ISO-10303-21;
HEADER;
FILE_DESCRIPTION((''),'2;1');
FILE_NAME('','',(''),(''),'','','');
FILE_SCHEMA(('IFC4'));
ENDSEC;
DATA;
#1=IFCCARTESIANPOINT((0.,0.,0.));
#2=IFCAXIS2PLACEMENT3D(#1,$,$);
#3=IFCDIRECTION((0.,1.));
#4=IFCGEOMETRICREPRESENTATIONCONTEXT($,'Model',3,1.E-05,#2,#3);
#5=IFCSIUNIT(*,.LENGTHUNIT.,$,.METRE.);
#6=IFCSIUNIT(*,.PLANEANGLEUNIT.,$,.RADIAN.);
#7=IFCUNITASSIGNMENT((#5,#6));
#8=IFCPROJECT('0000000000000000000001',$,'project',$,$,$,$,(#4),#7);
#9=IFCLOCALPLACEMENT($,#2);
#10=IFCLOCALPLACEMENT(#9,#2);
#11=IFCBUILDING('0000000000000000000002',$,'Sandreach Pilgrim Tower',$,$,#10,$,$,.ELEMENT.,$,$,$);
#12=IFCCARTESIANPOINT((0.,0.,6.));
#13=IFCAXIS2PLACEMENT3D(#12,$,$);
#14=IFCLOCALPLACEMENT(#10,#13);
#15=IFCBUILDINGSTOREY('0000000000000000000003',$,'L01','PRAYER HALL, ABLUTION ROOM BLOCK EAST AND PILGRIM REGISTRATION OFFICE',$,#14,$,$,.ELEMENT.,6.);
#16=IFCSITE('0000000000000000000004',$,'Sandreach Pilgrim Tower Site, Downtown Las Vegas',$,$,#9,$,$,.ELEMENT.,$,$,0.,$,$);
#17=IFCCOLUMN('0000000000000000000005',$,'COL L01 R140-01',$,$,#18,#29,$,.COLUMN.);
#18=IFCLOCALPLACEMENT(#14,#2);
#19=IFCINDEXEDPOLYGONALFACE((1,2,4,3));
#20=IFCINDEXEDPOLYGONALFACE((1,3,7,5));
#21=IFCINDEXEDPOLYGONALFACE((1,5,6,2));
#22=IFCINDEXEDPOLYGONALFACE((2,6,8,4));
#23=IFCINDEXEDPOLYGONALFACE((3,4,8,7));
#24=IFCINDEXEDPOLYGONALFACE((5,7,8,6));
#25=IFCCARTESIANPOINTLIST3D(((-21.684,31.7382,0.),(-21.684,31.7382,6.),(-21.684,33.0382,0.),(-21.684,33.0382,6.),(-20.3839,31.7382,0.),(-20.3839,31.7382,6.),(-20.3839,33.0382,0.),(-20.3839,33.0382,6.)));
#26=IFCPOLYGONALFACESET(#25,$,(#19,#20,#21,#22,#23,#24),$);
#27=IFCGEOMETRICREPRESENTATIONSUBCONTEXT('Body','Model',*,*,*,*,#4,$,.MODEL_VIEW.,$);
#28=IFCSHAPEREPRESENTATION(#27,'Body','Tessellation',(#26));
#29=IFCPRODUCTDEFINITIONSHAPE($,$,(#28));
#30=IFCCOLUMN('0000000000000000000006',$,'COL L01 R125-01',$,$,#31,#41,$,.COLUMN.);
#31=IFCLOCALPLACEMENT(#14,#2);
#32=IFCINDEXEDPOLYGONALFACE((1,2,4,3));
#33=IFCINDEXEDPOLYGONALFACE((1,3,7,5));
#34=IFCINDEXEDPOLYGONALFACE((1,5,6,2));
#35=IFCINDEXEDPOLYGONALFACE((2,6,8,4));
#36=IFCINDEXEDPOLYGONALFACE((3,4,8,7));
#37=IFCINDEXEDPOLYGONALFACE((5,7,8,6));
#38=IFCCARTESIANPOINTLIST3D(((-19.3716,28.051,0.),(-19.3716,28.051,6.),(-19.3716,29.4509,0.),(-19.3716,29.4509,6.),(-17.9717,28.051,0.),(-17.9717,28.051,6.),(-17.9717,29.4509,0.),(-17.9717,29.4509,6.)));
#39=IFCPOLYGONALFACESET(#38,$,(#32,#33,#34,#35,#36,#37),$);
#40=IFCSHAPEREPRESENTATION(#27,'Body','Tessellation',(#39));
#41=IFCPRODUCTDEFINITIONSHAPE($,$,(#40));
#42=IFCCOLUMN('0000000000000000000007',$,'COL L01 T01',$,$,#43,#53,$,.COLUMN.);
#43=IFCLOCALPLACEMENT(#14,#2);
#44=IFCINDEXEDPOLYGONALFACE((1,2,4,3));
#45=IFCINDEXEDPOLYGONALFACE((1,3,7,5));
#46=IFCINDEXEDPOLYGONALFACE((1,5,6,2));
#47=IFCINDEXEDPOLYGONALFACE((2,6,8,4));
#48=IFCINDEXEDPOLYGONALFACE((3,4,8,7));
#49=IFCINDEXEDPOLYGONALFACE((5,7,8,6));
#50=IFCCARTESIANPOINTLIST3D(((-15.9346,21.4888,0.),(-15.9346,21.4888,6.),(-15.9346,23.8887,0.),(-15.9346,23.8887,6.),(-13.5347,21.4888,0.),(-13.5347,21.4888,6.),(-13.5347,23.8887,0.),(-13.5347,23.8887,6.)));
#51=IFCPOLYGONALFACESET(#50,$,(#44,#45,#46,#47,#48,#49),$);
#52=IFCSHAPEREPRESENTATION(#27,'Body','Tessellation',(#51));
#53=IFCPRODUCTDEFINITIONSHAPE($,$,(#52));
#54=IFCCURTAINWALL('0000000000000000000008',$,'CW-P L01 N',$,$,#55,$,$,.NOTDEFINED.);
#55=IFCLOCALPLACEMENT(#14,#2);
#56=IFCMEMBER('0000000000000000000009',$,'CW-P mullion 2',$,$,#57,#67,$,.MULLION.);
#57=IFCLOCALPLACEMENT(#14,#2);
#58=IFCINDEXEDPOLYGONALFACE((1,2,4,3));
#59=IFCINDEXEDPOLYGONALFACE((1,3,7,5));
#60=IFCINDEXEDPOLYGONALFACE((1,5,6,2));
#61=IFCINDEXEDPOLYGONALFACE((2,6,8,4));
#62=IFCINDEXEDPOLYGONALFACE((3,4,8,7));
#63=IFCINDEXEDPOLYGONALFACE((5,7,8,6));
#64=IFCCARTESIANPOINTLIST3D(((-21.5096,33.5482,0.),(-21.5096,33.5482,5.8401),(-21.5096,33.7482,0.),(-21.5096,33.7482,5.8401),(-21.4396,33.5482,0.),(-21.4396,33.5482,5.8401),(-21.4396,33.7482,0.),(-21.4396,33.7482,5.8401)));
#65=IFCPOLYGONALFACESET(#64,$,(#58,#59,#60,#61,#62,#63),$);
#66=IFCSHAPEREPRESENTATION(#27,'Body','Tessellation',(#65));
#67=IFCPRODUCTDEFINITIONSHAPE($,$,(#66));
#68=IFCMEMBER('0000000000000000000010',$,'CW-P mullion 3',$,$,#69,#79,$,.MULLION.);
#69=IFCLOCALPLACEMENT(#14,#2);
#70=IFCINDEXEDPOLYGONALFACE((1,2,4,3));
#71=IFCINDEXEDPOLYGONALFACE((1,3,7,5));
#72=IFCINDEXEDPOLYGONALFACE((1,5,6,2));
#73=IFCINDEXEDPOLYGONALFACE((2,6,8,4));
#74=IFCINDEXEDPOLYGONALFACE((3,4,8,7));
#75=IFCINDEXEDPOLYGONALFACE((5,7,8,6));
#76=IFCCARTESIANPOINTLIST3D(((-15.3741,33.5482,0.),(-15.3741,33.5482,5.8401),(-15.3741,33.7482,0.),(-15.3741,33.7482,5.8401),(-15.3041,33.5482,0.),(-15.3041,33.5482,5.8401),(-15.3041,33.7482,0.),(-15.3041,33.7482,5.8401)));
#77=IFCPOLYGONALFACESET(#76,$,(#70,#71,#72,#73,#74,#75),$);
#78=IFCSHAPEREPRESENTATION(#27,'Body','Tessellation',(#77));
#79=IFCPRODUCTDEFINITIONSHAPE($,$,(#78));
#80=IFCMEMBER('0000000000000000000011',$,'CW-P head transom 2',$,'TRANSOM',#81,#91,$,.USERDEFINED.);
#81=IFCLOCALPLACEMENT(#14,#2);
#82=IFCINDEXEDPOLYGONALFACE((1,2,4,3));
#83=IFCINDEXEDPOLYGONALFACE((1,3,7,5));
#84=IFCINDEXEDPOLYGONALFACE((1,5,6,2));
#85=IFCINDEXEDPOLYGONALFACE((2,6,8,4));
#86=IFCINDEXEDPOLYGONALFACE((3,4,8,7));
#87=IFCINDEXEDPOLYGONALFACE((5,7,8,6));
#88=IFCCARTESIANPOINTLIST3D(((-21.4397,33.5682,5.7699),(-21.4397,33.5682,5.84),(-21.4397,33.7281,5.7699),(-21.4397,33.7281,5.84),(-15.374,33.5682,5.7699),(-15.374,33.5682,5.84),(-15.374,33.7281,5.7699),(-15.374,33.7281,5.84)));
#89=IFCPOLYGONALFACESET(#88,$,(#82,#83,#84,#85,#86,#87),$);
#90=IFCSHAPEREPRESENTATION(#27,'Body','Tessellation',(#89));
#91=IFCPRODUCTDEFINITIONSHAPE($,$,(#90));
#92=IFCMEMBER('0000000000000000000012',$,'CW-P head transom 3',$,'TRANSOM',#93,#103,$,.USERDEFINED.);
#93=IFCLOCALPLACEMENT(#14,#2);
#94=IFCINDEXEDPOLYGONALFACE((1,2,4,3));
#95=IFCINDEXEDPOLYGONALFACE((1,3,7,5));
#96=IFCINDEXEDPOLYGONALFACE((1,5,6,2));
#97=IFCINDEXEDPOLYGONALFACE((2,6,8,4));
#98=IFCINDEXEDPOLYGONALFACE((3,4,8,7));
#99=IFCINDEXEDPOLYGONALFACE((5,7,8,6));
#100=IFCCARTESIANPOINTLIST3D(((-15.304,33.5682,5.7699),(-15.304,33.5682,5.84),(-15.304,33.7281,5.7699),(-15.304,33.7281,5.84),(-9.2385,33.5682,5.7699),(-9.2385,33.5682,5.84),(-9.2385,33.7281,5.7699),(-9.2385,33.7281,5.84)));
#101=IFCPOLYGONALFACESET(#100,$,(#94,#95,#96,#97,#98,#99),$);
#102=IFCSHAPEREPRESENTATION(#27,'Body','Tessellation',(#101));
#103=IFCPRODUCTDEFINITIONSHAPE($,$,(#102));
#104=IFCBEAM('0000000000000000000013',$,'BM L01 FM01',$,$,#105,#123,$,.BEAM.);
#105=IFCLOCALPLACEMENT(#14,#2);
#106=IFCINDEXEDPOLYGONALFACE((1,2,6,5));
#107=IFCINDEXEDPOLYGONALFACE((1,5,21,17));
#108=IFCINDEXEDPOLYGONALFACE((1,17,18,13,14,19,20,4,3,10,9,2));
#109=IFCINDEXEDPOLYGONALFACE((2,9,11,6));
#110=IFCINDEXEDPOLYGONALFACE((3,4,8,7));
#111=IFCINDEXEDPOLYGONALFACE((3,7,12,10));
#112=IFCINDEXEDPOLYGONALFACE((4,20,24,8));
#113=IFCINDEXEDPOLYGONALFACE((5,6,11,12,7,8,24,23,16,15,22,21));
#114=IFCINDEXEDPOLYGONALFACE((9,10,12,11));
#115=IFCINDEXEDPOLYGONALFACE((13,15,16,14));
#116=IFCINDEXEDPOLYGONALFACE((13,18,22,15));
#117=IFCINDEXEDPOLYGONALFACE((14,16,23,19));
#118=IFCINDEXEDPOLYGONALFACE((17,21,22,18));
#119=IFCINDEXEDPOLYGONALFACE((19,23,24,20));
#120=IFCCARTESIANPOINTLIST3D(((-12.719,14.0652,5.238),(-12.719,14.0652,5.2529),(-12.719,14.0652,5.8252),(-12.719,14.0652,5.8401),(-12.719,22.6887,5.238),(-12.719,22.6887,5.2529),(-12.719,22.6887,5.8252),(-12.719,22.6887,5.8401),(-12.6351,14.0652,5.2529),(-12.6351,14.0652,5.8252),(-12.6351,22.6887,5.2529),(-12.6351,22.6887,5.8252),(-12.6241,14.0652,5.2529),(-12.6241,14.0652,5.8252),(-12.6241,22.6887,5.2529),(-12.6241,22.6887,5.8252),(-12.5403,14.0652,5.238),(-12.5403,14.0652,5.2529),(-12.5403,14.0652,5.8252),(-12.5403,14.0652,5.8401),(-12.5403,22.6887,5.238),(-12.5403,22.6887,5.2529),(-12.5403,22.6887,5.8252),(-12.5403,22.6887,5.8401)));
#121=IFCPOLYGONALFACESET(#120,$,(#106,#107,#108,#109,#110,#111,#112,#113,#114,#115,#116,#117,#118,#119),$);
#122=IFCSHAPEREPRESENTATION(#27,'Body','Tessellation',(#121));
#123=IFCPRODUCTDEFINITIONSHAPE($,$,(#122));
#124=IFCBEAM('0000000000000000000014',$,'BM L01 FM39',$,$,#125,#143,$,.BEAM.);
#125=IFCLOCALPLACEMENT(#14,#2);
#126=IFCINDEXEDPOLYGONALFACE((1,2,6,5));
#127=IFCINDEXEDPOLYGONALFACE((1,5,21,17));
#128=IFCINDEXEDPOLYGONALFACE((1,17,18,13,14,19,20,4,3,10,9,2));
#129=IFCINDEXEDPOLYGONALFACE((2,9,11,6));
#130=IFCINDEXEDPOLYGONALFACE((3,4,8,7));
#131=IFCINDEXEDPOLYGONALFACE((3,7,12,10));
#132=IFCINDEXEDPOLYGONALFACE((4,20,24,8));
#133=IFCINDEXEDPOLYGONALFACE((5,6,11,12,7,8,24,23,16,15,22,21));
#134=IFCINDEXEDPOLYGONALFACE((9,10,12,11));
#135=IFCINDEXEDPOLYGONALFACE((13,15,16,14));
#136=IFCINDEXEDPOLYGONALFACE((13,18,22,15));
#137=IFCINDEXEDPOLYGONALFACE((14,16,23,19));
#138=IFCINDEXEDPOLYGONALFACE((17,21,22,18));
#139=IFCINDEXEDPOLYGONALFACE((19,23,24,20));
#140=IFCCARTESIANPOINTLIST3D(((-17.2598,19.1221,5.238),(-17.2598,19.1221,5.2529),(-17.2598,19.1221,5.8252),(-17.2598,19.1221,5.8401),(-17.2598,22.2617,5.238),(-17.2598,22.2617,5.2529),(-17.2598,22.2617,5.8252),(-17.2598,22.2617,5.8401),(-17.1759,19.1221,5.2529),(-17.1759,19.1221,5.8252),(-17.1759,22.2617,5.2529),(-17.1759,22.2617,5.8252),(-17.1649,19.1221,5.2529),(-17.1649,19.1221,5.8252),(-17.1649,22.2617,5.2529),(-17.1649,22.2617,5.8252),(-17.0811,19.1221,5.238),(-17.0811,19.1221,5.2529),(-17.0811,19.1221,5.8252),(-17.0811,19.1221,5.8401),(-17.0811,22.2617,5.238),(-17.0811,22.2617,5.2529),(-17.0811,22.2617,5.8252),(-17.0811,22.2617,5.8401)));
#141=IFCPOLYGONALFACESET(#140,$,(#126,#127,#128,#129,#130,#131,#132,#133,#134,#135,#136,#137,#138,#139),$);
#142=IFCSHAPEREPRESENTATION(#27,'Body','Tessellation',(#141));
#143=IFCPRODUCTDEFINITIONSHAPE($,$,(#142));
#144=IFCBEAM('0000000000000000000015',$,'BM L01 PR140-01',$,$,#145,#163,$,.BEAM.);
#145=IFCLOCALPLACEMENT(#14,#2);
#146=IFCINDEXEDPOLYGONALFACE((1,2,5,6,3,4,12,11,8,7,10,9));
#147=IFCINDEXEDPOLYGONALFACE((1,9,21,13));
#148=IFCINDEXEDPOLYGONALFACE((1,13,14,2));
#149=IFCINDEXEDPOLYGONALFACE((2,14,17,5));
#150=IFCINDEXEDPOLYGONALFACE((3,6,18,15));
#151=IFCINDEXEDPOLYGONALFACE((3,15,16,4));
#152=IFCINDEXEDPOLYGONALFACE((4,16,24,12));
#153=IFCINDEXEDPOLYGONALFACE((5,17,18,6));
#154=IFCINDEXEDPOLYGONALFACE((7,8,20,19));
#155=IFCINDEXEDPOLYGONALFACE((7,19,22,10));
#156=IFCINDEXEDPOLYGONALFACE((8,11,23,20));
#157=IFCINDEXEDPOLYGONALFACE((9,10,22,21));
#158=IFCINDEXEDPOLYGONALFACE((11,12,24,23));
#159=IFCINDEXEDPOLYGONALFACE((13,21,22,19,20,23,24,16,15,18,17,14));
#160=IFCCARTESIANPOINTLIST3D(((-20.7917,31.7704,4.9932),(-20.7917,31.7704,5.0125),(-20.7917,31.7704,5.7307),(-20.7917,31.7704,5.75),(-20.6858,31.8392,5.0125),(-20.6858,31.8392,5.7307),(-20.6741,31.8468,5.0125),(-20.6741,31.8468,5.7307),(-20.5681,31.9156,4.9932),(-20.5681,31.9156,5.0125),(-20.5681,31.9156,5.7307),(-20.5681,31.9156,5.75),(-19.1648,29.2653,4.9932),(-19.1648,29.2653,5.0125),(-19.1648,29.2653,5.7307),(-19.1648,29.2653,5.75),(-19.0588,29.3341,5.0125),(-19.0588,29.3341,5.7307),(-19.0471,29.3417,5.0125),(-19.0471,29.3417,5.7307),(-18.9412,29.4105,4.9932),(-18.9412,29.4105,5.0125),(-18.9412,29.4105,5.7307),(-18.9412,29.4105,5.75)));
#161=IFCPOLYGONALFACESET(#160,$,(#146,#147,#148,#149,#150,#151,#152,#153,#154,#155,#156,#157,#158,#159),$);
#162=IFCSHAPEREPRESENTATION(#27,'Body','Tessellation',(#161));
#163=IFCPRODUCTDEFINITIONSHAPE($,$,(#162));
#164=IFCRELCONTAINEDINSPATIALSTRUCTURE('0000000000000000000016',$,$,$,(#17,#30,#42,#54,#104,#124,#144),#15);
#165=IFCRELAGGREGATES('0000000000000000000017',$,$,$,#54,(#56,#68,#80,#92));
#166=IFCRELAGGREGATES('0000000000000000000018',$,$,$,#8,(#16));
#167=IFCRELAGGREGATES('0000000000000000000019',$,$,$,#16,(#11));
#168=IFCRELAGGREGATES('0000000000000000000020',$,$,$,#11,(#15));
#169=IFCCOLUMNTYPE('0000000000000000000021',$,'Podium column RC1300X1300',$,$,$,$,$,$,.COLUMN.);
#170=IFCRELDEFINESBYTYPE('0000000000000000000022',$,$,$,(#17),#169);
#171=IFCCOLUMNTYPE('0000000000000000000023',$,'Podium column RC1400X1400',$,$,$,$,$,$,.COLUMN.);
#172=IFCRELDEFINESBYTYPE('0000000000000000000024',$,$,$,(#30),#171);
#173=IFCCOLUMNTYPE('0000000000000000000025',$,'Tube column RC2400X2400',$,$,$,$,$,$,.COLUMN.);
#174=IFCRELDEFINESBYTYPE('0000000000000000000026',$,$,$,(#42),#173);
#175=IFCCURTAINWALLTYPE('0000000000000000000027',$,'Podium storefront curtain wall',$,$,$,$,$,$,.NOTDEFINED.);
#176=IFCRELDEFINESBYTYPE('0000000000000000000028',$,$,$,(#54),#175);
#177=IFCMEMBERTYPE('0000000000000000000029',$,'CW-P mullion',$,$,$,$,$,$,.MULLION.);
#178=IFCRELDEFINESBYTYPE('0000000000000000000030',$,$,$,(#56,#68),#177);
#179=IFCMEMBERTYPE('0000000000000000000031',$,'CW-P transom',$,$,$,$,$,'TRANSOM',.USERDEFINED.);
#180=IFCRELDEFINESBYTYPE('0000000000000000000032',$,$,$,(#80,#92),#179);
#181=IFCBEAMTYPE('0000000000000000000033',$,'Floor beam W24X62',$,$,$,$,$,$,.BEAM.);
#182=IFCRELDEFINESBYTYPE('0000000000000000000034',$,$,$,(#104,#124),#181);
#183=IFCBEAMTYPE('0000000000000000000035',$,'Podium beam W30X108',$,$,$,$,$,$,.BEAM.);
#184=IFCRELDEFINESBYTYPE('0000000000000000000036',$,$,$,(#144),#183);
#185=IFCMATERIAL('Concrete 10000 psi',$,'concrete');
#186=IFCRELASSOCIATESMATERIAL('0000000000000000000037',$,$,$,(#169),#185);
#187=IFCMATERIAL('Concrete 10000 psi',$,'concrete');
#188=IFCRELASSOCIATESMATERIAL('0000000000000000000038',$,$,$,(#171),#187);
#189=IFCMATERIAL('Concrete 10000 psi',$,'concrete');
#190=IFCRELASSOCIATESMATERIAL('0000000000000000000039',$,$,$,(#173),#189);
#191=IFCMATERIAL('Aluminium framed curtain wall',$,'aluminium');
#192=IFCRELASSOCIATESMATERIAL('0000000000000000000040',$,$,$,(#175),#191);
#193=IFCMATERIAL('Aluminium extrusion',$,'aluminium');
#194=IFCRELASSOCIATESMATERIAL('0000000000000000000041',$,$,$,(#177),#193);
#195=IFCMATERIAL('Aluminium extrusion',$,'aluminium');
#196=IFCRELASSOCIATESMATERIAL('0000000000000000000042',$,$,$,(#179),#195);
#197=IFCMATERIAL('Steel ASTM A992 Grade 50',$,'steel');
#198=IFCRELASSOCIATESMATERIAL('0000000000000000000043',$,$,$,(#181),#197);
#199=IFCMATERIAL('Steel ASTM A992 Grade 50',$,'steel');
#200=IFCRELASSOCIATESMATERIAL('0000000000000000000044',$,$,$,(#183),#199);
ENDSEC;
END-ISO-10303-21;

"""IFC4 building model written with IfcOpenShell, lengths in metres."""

from ifc_helpers import new_model, si_unit, direction, frame, origin, origin_2d, place, context, subcontext, project, spatial, rectangle, i_section, extrude, material, material_profile, profile_set, type_object, element, aggregate, save


model = new_model("IFC4")

# Units and contexts
model_context = context("Model", 3, precision=1e-05, world=origin(), true_north=direction((0.0, 1.0)))
body_context = subcontext(model_context, "Body", "Model", "MODEL_VIEW")
ifc_project = project(units=[si_unit("LENGTHUNIT", "METRE"), si_unit("PLANEANGLEUNIT", "RADIAN")], contexts=[model_context])

# Site, building, storey
site_placement = place(None, origin())
site = spatial("IfcSite", under=ifc_project, at=site_placement, Name="Sandreach Pilgrim Tower Site, Downtown Las Vegas", CompositionType="ELEMENT", RefElevation=0.0)
building_placement = place(site_placement, origin())
building = spatial("IfcBuilding", under=site, at=building_placement, Name="Sandreach Pilgrim Tower", CompositionType="ELEMENT")
storey_placement = place(building_placement, frame((0.0, 0.0, 6.0)))
storey = spatial("IfcBuildingStorey", under=building, at=storey_placement, Name="L01", Description="PRAYER HALL, ABLUTION ROOM BLOCK EAST AND PILGRIM REGISTRATION OFFICE", CompositionType="ELEMENT", Elevation=6.0)

# Columns
ifc_material_1 = material(Name="Concrete 10000 psi", Category="concrete")
ifc_material_profile_1 = material_profile(ifc_material_1, rectangle(XDim=1.3, YDim=1.3, at=origin_2d()), Name="RC1300X1300")
ifc_profile_set_1 = profile_set([ifc_material_profile_1], Name="Concrete 10000 psi")
column_type_1 = type_object("IfcColumnType", Name="Podium column RC1300X1300", PredefinedType="COLUMN", material=ifc_profile_set_1)
column_1_placement = place(storey_placement, frame((-21.0339, 32.3882, 0.0), z_axis=(0.0, 0.0, 1.0), x_axis=(0.0, 1.0, 0.0)))
element("IfcColumn", 1, at=column_1_placement, inside=storey, type_object=column_type_1, Name="COL L01 R140-01", PredefinedType="COLUMN", context=body_context, shape_type="SweptSolid", body=[
    extrude(rectangle(XDim=1.3, YDim=1.3, at=origin_2d()), origin(), (0.0, 0.0, 1.0), 6.0),
])
ifc_material_2 = material(Name="Concrete 10000 psi", Category="concrete")
ifc_material_profile_2 = material_profile(ifc_material_2, rectangle(XDim=1.3999, YDim=1.3999, at=origin_2d()), Name="RC1400X1400")
ifc_profile_set_2 = profile_set([ifc_material_profile_2], Name="Concrete 10000 psi")
column_type_2 = type_object("IfcColumnType", Name="Podium column RC1400X1400", PredefinedType="COLUMN", material=ifc_profile_set_2)
column_2_placement = place(storey_placement, frame((-18.6716, 28.751, 0.0), z_axis=(0.0, 0.0, 1.0), x_axis=(0.0, 1.0, 0.0)))
element("IfcColumn", 2, at=column_2_placement, inside=storey, type_object=column_type_2, Name="COL L01 R125-01", PredefinedType="COLUMN", context=body_context, shape_type="SweptSolid", body=[
    extrude(rectangle(XDim=1.3999, YDim=1.3999, at=origin_2d()), origin(), (0.0, 0.0, 1.0), 6.0),
])
ifc_material_3 = material(Name="Concrete 10000 psi", Category="concrete")
ifc_material_profile_3 = material_profile(ifc_material_3, rectangle(XDim=2.3999, YDim=2.3999, at=origin_2d()), Name="RC2400X2400")
ifc_profile_set_3 = profile_set([ifc_material_profile_3], Name="Concrete 10000 psi")
column_type_3 = type_object("IfcColumnType", Name="Tube column RC2400X2400", PredefinedType="COLUMN", material=ifc_profile_set_3)
column_3_placement = place(storey_placement, frame((-14.7346, 22.6887, 0.0), z_axis=(0.0, 0.0, 1.0), x_axis=(0.0, 1.0, 0.0)))
element("IfcColumn", 3, at=column_3_placement, inside=storey, type_object=column_type_3, Name="COL L01 T01", PredefinedType="COLUMN", context=body_context, shape_type="SweptSolid", body=[
    extrude(rectangle(XDim=2.3999, YDim=2.3999, at=origin_2d()), origin(), (0.0, 0.0, 1.0), 6.0),
])

# Curtain wall, members
ifc_material_4 = material(Name="Aluminium framed curtain wall", Category="aluminium")
curtain_wall_type = type_object("IfcCurtainWallType", Name="Podium storefront curtain wall", PredefinedType="NOTDEFINED", material=ifc_material_4)
curtain_wall_placement = place(storey_placement, origin())
curtain_wall = element("IfcCurtainWall", 4, at=curtain_wall_placement, inside=storey, type_object=curtain_wall_type, Name="CW-P L01 N", PredefinedType="NOTDEFINED")
ifc_material_5 = material(Name="Aluminium extrusion", Category="aluminium")
ifc_material_profile_4 = material_profile(ifc_material_5, rectangle(XDim=0.0701, YDim=0.2, at=origin_2d()), Name="CW-PM 70X200")
ifc_profile_set_4 = profile_set([ifc_material_profile_4], Name="Aluminium extrusion")
member_type_1 = type_object("IfcMemberType", Name="CW-P mullion", PredefinedType="MULLION", material=ifc_profile_set_4)
member_1_placement = place(storey_placement, frame((-21.4746, 33.6482, 0.0), z_axis=(0.0, 0.0, 1.0), x_axis=(1.0, 0.0, 0.0)))
member_1 = element("IfcMember", 5, at=member_1_placement, type_object=member_type_1, Name="CW-P mullion 2", PredefinedType="MULLION", context=body_context, shape_type="SweptSolid", body=[
    extrude(rectangle(XDim=0.0701, YDim=0.2, at=origin_2d()), origin(), (0.0, 0.0, 1.0), 5.8401),
])
member_2_placement = place(storey_placement, frame((-15.3391, 33.6482, 0.0), z_axis=(0.0, 0.0, 1.0), x_axis=(1.0, 0.0, 0.0)))
member_2 = element("IfcMember", 6, at=member_2_placement, type_object=member_type_1, Name="CW-P mullion 3", PredefinedType="MULLION", context=body_context, shape_type="SweptSolid", body=[
    extrude(rectangle(XDim=0.0701, YDim=0.2, at=origin_2d()), origin(), (0.0, 0.0, 1.0), 5.8401),
])
ifc_material_6 = material(Name="Aluminium extrusion", Category="aluminium")
ifc_material_profile_5 = material_profile(ifc_material_6, rectangle(XDim=0.1599, YDim=0.0701, at=origin_2d()), Name="CW-PT 160X70")
ifc_profile_set_5 = profile_set([ifc_material_profile_5], Name="Aluminium extrusion")
member_type_2 = type_object("IfcMemberType", Name="CW-P transom", ElementType="TRANSOM", PredefinedType="USERDEFINED", material=ifc_profile_set_5)
member_3_placement = place(storey_placement, frame((-21.4397, 33.6482, 5.8049), z_axis=(1.0, 0.0, 0.0), x_axis=(0.0, 1.0, 0.0)))
member_3 = element("IfcMember", 7, at=member_3_placement, type_object=member_type_2, Name="CW-P head transom 2", ObjectType="TRANSOM", PredefinedType="USERDEFINED", context=body_context, shape_type="SweptSolid", body=[
    extrude(rectangle(XDim=0.1599, YDim=0.0701, at=origin_2d()), origin(), (0.0, 0.0, 1.0), 6.0657),
])
member_4_placement = place(storey_placement, frame((-15.304, 33.6482, 5.8049), z_axis=(1.0, 0.0, 0.0), x_axis=(0.0, 1.0, 0.0)))
member_4 = element("IfcMember", 8, at=member_4_placement, type_object=member_type_2, Name="CW-P head transom 3", ObjectType="TRANSOM", PredefinedType="USERDEFINED", context=body_context, shape_type="SweptSolid", body=[
    extrude(rectangle(XDim=0.1599, YDim=0.0701, at=origin_2d()), origin(), (0.0, 0.0, 1.0), 6.0654),
])

# Beams
ifc_material_7 = material(Name="Steel ASTM A992 Grade 50", Category="steel")
ifc_material_profile_6 = material_profile(ifc_material_7, i_section(OverallWidth=0.1787, OverallDepth=0.6021, WebThickness=0.011, FlangeThickness=0.0149, at=origin_2d()), Name="W24X62")
ifc_profile_set_6 = profile_set([ifc_material_profile_6], Name="Steel ASTM A992 Grade 50")
beam_type_1 = type_object("IfcBeamType", Name="Floor beam W24X62", PredefinedType="BEAM", material=ifc_profile_set_6)
beam_1_placement = place(storey_placement, frame((-12.6296, 22.6887, 5.5391), z_axis=(0.0, -1.0, 0.0), x_axis=(1.0, 0.0, 0.0)))
element("IfcBeam", 9, at=beam_1_placement, inside=storey, type_object=beam_type_1, Name="BM L01 FM01", PredefinedType="BEAM", context=body_context, shape_type="SweptSolid", body=[
    extrude(i_section(OverallWidth=0.1787, OverallDepth=0.6021, WebThickness=0.011, FlangeThickness=0.0149, at=origin_2d()), origin(), (0.0, 0.0, 1.0), 8.6235),
])
beam_2_placement = place(storey_placement, frame((-17.1704, 22.2617, 5.5391), z_axis=(0.0, -1.0, 0.0), x_axis=(1.0, 0.0, 0.0)))
element("IfcBeam", 10, at=beam_2_placement, inside=storey, type_object=beam_type_1, Name="BM L01 FM39", PredefinedType="BEAM", context=body_context, shape_type="SweptSolid", body=[
    extrude(i_section(OverallWidth=0.1787, OverallDepth=0.6021, WebThickness=0.011, FlangeThickness=0.0149, at=origin_2d()), origin(), (0.0, 0.0, 1.0), 3.1396),
])
ifc_material_8 = material(Name="Steel ASTM A992 Grade 50", Category="steel")
ifc_material_profile_7 = material_profile(ifc_material_8, i_section(OverallWidth=0.2666, OverallDepth=0.7568, WebThickness=0.0139, FlangeThickness=0.0193, at=origin_2d()), Name="W30X108")
ifc_profile_set_7 = profile_set([ifc_material_profile_7], Name="Steel ASTM A992 Grade 50")
beam_type_2 = type_object("IfcBeamType", Name="Podium beam W30X108", PredefinedType="BEAM", material=ifc_profile_set_7)
beam_3_placement = place(storey_placement, frame((-19.053, 29.3379, 5.3716), z_axis=(-0.544664, 0.838655, 0.0), x_axis=(-0.838655, -0.544664, 0.0)))
element("IfcBeam", 11, at=beam_3_placement, inside=storey, type_object=beam_type_2, Name="BM L01 PR140-01", PredefinedType="BEAM", context=body_context, shape_type="SweptSolid", body=[
    extrude(i_section(OverallWidth=0.2666, OverallDepth=0.7568, WebThickness=0.0139, FlangeThickness=0.0193, at=origin_2d()), origin(), (0.0, 0.0, 1.0), 2.9871),
])

aggregate(curtain_wall, [member_1, member_2, member_3, member_4])

save(model, "model.ifc")
